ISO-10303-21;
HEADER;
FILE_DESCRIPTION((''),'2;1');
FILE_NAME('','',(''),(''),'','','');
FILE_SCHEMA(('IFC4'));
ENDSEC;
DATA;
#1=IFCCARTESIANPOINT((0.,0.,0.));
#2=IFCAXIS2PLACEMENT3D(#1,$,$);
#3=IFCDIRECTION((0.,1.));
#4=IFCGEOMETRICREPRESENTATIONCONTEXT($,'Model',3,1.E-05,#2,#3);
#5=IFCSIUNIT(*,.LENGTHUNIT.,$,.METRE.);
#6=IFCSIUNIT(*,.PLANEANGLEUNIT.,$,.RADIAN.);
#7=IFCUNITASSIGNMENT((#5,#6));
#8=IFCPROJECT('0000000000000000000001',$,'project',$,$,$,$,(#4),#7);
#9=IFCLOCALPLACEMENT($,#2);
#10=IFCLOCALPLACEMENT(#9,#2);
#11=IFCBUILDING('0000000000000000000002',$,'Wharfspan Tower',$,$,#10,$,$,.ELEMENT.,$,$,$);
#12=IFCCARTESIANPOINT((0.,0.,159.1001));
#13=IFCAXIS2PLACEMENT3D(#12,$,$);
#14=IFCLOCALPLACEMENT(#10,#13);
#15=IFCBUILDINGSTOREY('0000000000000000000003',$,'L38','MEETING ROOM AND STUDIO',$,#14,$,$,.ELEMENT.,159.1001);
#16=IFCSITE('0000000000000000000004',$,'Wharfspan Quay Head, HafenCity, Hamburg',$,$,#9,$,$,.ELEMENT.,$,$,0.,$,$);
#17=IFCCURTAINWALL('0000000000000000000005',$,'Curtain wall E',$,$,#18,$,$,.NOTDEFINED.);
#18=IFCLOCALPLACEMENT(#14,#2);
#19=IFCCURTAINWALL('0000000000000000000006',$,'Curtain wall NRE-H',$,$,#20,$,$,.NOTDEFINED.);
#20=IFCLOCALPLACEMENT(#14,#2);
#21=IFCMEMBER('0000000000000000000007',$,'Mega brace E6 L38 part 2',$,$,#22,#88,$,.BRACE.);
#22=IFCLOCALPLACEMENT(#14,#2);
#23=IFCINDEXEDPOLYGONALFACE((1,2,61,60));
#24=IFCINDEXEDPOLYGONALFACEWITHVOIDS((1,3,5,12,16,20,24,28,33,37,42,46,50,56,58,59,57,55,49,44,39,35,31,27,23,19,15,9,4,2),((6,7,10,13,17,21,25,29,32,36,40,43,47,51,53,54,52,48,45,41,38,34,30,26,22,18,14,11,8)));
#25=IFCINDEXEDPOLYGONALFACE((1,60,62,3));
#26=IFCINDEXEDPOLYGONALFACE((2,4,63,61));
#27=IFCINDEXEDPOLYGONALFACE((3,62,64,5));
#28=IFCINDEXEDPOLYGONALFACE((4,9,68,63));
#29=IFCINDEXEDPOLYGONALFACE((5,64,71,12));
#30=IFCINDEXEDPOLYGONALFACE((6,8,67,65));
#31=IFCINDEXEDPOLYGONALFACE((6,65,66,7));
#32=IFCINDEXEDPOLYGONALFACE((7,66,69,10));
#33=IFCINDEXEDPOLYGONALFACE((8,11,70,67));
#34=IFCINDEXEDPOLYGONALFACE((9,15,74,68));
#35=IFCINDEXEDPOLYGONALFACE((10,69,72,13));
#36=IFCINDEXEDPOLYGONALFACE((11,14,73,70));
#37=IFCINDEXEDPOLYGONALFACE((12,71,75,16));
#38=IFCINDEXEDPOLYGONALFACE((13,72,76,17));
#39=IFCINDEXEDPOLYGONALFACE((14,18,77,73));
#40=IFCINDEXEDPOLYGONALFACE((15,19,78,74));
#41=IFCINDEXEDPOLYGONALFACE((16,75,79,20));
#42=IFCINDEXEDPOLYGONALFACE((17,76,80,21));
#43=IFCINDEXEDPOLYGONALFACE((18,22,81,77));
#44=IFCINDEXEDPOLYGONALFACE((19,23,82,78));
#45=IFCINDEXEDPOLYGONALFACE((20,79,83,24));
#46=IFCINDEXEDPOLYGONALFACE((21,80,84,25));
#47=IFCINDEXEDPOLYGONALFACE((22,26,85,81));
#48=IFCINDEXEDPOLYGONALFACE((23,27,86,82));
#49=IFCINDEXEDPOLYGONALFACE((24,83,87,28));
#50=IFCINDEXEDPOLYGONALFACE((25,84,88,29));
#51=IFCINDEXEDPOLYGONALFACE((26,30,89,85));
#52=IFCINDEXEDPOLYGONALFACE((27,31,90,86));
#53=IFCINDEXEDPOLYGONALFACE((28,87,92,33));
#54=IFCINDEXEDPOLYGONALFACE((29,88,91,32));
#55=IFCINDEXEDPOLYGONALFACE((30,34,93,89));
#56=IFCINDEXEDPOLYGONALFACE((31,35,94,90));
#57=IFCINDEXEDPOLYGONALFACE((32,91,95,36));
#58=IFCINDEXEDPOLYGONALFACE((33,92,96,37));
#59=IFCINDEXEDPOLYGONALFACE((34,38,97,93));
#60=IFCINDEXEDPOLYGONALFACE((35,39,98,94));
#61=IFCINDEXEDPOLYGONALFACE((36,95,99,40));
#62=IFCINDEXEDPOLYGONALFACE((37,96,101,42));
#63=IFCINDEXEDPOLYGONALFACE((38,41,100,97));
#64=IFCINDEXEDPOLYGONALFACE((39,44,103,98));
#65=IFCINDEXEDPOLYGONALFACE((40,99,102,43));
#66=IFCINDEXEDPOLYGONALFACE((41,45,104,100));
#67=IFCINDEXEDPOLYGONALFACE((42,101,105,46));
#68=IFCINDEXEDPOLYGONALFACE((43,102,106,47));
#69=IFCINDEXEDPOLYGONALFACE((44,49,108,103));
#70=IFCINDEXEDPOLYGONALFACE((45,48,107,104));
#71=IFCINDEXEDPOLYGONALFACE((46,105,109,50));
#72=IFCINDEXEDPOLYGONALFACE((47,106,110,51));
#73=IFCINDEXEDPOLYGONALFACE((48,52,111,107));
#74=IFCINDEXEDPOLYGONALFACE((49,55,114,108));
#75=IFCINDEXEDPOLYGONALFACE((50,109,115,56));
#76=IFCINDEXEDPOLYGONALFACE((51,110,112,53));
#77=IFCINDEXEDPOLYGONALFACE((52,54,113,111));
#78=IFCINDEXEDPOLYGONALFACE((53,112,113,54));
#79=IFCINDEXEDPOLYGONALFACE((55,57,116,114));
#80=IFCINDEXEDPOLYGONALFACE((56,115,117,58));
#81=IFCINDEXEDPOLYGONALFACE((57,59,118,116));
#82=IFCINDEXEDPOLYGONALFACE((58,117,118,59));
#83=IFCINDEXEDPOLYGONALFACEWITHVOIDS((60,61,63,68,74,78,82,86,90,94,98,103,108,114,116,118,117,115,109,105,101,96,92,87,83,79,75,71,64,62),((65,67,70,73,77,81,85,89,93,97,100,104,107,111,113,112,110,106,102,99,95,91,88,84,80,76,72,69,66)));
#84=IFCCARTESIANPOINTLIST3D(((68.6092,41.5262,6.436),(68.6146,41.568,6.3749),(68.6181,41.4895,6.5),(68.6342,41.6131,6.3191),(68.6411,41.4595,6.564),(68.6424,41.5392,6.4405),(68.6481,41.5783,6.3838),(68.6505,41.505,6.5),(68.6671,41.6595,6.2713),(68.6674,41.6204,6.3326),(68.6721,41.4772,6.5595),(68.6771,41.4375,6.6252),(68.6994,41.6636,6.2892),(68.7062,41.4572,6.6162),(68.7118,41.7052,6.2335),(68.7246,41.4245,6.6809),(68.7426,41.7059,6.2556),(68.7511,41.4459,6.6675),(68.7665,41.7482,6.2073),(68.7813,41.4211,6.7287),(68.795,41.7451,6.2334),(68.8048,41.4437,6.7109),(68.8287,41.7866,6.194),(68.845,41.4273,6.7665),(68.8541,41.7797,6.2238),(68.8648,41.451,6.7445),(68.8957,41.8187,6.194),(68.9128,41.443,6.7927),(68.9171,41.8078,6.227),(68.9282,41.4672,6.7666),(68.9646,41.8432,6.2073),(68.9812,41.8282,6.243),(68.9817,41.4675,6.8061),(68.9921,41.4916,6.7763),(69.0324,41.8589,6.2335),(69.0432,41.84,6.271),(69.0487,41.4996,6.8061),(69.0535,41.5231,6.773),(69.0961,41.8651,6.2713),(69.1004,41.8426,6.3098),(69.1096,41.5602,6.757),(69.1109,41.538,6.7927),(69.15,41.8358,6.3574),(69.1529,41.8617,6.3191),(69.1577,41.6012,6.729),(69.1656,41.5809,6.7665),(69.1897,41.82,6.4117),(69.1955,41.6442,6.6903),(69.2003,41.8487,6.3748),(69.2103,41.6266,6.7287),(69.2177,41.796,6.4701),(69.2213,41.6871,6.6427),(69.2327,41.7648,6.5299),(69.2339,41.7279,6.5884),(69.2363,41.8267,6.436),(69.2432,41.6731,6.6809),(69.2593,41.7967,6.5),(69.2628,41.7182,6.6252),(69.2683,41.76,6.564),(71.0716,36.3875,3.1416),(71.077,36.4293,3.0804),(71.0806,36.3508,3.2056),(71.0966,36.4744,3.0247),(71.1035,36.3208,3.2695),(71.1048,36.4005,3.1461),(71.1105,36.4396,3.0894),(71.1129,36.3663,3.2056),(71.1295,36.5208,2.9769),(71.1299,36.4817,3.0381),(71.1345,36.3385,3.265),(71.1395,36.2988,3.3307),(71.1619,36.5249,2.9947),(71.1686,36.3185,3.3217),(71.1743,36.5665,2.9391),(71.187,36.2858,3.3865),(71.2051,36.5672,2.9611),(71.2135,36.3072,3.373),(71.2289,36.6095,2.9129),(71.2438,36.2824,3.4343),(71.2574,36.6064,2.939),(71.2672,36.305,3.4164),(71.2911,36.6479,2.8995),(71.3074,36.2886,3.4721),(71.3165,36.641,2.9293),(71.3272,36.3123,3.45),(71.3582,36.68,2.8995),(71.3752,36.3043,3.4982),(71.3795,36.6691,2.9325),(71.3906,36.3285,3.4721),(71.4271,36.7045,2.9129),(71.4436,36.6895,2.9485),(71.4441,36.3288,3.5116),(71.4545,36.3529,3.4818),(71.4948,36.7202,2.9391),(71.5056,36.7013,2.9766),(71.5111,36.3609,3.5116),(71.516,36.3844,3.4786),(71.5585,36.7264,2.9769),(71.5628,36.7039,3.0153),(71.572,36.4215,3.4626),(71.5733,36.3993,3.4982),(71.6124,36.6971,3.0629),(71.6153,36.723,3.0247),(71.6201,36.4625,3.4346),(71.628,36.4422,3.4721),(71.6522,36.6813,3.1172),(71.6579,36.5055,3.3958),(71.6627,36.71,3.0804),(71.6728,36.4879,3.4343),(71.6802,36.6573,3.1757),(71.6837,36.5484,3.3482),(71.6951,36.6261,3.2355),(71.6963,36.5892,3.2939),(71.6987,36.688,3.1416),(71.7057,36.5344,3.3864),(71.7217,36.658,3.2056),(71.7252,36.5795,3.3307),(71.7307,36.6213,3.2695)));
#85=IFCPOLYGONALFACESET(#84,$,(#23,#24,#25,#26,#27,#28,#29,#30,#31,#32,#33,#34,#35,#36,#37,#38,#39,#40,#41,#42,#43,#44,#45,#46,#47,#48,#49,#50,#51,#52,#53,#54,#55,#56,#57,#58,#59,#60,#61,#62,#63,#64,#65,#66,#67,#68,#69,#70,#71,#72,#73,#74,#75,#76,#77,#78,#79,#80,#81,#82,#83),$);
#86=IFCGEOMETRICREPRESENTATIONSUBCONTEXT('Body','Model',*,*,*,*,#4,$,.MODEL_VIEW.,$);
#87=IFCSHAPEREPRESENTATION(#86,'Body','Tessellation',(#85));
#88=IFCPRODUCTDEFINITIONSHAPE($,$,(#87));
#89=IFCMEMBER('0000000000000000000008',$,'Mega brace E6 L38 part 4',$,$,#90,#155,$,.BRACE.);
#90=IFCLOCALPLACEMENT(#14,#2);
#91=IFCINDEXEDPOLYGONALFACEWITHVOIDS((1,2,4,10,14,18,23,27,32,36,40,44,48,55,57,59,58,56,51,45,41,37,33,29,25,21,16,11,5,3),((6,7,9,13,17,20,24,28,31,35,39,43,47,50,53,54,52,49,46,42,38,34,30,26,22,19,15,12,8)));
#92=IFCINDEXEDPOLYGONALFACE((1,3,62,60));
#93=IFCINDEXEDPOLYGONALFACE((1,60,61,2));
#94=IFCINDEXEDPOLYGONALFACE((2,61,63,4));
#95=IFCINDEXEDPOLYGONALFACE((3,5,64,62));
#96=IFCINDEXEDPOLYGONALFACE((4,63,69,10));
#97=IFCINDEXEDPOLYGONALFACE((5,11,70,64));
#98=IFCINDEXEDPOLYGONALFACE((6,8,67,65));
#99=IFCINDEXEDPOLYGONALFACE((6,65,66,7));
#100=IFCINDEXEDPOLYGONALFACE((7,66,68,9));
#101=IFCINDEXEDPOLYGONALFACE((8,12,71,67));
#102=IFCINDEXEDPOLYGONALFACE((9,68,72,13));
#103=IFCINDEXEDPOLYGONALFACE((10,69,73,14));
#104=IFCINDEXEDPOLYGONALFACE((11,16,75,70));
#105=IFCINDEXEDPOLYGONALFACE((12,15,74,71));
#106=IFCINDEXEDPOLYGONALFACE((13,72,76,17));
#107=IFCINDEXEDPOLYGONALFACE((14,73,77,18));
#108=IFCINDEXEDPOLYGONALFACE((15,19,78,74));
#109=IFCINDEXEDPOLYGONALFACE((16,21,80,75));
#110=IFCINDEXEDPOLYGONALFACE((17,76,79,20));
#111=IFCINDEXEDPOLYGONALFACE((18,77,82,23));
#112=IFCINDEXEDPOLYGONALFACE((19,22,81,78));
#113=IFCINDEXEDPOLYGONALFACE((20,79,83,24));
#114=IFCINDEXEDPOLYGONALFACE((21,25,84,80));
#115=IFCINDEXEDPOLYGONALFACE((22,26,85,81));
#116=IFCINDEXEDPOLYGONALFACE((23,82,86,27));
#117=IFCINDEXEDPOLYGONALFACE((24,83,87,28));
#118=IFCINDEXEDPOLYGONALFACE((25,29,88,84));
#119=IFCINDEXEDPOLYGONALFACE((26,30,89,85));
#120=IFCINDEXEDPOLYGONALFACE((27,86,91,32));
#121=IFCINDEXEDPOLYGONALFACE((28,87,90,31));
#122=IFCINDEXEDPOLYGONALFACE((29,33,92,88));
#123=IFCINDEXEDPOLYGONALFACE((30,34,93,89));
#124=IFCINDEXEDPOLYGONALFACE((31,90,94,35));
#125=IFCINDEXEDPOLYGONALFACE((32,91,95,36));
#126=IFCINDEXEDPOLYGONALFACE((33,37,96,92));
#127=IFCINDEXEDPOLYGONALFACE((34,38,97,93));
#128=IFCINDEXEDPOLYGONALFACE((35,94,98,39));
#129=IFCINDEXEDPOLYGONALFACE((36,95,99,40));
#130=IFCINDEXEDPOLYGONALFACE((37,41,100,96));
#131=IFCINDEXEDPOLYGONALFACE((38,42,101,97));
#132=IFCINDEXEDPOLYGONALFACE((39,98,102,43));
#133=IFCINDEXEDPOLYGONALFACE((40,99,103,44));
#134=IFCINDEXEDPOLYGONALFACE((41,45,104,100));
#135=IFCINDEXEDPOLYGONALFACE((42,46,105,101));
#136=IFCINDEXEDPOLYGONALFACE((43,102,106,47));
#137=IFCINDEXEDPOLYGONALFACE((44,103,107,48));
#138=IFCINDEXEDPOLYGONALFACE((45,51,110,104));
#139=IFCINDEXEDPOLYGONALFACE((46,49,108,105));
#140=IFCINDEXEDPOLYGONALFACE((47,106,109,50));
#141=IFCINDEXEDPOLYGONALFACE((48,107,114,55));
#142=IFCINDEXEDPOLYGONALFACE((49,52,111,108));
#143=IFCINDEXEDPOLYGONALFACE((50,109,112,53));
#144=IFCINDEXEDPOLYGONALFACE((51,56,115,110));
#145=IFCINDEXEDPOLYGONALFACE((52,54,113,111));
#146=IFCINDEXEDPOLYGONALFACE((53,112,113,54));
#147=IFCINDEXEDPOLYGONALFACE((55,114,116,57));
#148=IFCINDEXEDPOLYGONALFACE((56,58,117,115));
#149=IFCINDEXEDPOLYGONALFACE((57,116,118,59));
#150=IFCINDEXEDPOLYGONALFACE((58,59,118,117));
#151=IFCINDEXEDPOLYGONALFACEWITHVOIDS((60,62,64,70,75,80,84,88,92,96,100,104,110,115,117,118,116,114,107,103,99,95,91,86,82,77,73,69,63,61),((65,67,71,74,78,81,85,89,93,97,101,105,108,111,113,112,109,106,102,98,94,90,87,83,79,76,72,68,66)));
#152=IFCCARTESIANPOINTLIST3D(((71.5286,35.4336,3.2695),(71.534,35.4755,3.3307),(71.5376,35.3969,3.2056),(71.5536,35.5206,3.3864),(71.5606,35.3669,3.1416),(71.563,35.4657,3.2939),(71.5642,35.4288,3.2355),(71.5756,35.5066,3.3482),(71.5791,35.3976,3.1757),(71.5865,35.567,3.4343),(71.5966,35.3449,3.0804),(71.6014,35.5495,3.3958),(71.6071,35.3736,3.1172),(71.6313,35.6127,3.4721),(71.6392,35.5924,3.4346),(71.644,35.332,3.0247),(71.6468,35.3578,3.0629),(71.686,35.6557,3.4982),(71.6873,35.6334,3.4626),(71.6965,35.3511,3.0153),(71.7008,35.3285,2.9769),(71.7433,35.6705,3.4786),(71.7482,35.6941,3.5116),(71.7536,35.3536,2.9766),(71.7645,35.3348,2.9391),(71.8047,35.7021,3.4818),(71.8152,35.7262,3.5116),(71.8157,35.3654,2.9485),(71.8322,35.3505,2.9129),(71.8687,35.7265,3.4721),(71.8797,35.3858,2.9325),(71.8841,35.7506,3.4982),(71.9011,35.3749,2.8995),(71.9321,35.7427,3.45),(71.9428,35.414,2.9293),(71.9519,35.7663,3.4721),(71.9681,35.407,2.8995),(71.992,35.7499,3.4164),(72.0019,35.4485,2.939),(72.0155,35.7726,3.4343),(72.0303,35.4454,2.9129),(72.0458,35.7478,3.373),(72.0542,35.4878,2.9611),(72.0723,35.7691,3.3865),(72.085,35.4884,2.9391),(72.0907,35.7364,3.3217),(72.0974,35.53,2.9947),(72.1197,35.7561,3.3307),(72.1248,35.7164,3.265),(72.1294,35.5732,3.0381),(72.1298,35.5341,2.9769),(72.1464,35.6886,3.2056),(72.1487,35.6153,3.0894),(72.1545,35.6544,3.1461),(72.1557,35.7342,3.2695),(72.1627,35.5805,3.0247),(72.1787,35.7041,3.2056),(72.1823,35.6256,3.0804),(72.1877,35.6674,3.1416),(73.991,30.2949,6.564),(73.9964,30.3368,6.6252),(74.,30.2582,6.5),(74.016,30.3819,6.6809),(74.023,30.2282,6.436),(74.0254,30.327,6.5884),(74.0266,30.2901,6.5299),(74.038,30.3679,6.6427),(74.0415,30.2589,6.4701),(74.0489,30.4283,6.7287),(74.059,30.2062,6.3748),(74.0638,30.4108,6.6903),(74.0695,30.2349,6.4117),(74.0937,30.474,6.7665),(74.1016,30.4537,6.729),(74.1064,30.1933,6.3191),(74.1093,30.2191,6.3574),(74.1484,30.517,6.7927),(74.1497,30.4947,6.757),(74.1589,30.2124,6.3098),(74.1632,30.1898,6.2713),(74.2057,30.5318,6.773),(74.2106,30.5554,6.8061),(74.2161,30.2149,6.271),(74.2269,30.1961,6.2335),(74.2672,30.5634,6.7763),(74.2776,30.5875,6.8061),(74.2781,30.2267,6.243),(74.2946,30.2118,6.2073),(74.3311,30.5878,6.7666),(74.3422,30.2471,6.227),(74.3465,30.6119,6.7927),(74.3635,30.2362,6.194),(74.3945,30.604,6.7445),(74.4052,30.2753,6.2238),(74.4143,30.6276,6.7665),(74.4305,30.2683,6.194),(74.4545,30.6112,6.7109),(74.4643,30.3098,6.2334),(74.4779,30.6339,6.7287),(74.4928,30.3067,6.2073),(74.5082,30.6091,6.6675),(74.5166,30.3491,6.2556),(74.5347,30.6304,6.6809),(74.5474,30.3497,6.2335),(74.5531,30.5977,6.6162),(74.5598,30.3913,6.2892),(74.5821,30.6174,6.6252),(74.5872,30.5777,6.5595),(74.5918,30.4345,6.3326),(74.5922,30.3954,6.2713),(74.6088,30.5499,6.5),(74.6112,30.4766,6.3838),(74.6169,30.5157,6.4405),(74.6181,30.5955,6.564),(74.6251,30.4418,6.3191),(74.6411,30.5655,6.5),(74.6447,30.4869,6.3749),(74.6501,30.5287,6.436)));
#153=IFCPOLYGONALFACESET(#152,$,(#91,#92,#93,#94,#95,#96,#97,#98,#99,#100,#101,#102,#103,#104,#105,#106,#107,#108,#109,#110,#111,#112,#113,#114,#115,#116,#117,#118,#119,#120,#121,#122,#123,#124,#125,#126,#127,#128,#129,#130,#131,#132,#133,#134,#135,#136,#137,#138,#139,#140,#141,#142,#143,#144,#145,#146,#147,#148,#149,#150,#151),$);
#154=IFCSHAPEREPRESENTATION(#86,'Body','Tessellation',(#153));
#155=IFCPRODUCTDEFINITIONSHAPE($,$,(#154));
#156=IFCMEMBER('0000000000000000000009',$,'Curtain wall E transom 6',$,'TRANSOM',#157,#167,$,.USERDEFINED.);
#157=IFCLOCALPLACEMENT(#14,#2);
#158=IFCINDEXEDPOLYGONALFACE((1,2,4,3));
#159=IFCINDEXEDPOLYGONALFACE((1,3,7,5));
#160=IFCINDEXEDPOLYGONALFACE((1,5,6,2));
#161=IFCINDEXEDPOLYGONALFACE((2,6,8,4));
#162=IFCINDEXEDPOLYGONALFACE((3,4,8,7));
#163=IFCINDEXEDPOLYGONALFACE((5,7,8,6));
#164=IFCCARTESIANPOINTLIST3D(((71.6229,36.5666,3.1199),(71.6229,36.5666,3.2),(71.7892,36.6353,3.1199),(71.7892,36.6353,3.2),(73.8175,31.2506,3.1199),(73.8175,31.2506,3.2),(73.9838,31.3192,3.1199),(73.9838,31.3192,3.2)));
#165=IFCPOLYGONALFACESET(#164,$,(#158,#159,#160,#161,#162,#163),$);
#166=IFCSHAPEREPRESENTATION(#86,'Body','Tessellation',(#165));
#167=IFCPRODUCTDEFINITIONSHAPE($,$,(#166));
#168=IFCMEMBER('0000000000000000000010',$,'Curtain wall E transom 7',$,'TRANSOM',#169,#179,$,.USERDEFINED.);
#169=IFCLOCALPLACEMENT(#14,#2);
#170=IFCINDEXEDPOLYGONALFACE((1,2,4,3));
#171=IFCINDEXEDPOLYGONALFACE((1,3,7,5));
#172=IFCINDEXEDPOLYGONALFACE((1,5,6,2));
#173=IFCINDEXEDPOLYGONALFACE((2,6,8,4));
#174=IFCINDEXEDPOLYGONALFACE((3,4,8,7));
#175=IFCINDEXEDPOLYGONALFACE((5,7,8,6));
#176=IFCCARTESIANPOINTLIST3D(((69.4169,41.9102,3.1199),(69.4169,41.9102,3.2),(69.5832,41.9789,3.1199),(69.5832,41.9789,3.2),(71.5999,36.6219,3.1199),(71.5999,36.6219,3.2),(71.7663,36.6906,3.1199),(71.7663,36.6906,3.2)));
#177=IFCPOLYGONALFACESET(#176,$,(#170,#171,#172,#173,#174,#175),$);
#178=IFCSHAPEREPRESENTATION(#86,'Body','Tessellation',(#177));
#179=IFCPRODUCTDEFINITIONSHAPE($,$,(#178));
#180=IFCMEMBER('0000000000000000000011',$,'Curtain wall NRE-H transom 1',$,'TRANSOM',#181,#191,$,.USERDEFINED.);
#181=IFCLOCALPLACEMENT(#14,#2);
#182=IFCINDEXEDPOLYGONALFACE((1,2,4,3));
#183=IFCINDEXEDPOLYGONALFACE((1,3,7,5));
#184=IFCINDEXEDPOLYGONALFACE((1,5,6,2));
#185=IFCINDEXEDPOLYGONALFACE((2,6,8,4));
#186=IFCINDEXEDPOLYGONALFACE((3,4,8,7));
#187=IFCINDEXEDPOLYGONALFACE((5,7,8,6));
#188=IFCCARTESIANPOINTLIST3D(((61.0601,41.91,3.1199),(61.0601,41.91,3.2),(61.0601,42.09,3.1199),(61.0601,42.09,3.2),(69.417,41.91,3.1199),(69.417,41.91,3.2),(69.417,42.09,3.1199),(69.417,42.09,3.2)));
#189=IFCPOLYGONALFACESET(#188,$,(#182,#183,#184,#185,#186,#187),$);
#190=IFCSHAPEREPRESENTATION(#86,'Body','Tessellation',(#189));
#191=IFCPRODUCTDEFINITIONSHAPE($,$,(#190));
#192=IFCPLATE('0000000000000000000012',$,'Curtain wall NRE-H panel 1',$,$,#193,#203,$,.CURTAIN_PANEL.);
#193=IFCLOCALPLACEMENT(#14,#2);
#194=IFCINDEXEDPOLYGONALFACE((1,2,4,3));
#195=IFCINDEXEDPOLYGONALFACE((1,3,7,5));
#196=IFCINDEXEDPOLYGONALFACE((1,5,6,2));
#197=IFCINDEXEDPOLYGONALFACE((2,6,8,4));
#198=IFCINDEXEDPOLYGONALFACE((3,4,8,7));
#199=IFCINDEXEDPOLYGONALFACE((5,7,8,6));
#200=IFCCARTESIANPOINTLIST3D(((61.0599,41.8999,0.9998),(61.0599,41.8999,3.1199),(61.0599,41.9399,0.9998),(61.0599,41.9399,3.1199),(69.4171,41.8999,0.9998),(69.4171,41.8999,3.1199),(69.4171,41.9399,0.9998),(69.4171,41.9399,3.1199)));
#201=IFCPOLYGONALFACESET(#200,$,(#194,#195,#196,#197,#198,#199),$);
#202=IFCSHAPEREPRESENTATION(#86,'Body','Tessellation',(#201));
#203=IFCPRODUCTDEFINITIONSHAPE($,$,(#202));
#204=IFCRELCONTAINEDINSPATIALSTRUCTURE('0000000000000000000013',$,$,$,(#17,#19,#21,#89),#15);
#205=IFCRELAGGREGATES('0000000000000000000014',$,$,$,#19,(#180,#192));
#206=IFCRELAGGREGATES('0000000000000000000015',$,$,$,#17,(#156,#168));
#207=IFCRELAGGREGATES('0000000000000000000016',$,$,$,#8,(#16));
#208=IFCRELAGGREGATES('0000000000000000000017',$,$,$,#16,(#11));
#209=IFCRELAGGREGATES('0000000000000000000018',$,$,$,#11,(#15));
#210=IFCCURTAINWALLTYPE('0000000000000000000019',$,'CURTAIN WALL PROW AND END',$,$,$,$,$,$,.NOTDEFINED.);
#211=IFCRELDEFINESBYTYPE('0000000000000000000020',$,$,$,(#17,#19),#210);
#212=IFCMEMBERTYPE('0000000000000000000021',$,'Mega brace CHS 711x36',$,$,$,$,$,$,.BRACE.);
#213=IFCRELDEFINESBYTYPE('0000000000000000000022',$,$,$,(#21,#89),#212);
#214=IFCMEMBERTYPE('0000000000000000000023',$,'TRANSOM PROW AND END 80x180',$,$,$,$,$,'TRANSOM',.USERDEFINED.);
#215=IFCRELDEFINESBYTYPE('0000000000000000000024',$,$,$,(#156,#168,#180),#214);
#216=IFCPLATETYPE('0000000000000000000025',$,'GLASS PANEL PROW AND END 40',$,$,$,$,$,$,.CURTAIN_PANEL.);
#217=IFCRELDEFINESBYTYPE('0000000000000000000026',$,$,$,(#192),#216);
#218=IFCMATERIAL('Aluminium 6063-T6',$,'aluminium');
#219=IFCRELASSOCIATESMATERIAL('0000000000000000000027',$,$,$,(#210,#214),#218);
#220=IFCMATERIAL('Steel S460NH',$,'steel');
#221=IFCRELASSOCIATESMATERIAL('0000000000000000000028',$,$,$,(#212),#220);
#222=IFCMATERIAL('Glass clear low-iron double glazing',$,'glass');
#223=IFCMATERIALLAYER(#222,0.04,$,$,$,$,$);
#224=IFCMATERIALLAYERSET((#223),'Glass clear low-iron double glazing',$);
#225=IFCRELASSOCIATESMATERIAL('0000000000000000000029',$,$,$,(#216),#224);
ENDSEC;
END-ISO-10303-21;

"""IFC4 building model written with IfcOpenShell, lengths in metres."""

from ifc_helpers import new_model, si_unit, direction, frame, origin, origin_2d, place, context, subcontext, project, spatial, rectangle, hollow_circle, extrude, material, layer, layer_set, material_profile, profile_set, type_object, element, aggregate, save


model = new_model("IFC4")

# Units and contexts
model_context = context("Model", 3, precision=1e-05, world=origin(), true_north=direction((0.0, 1.0)))
body_context = subcontext(model_context, "Body", "Model", "MODEL_VIEW")
ifc_project = project(units=[si_unit("LENGTHUNIT", "METRE"), si_unit("PLANEANGLEUNIT", "RADIAN")], contexts=[model_context])

# Site, building, storey
site_placement = place(None, origin())
site = spatial("IfcSite", under=ifc_project, at=site_placement, Name="Wharfspan Quay Head, HafenCity, Hamburg", CompositionType="ELEMENT", RefElevation=0.0)
building_placement = place(site_placement, origin())
building = spatial("IfcBuilding", under=site, at=building_placement, Name="Wharfspan Tower", CompositionType="ELEMENT")
storey_placement = place(building_placement, frame((0.0, 0.0, 159.1001)))
storey = spatial("IfcBuildingStorey", under=building, at=storey_placement, Name="L38", Description="MEETING ROOM AND STUDIO", CompositionType="ELEMENT", Elevation=159.1001)

# Curtain walls
ifc_material_1 = material(Name="Aluminium 6063-T6", Category="aluminium")
curtain_wall_type = type_object("IfcCurtainWallType", Name="CURTAIN WALL PROW AND END", PredefinedType="NOTDEFINED", material=ifc_material_1)
curtain_wall_1_placement = place(storey_placement, origin())
curtain_wall_1 = element("IfcCurtainWall", 1, at=curtain_wall_1_placement, inside=storey, type_object=curtain_wall_type, Name="Curtain wall E", PredefinedType="NOTDEFINED")
curtain_wall_2_placement = place(storey_placement, origin())
curtain_wall_2 = element("IfcCurtainWall", 2, at=curtain_wall_2_placement, inside=storey, type_object=curtain_wall_type, Name="Curtain wall NRE-H", PredefinedType="NOTDEFINED")

# Members
ifc_material_2 = material(Name="Steel S460NH", Category="steel")
ifc_material_profile_1 = material_profile(ifc_material_2, hollow_circle(Radius=0.3555, WallThickness=0.0359, at=origin_2d()))
ifc_profile_set_1 = profile_set([ifc_material_profile_1], Name="Steel S460NH")
member_type_1 = type_object("IfcMemberType", Name="Mega brace CHS 711x36", PredefinedType="BRACE", material=ifc_profile_set_1)
for number, where, z_axis, x_axis, name in (
    (3, (71.4011, 36.5044, 3.2056), (-0.374112, 0.780716, 0.500522), (-0.901807, -0.432139, 0.000002), "Mega brace E6 L38 part 2"),
    (4, (71.8582, 35.5505, 3.2056), (0.374112, -0.780716, 0.500522), (0.901807, 0.432139, 0.000002), "Mega brace E6 L38 part 4"),
):
    element("IfcMember", number, at=place(storey_placement, frame(where, z_axis=z_axis, x_axis=x_axis)), inside=storey, type_object=member_type_1, Name=name, PredefinedType="BRACE", context=body_context, shape_type="SweptSolid", body=[
        extrude(hollow_circle(Radius=0.3555, WallThickness=0.0359, at=origin_2d()), origin(), (0.0, 0.0, 1.0), 6.582),
    ])

# Members
ifc_material_profile_2 = material_profile(ifc_material_1, rectangle(XDim=0.1799, YDim=0.0801, at=origin_2d()))
ifc_profile_set_2 = profile_set([ifc_material_profile_2], Name="Aluminium 6063-T6")
member_type_2 = type_object("IfcMemberType", Name="TRANSOM PROW AND END 80x180", ElementType="TRANSOM", PredefinedType="USERDEFINED", material=ifc_profile_set_2)
member_1_placement = place(storey_placement, frame((73.9006, 31.2849, 3.1599), z_axis=(-0.381593, 0.92433, 0.0), x_axis=(-0.92433, -0.381593, 0.0)))
member_1 = element("IfcMember", 5, at=member_1_placement, type_object=member_type_2, Name="Curtain wall E transom 6", ObjectType="TRANSOM", PredefinedType="USERDEFINED", context=body_context, shape_type="SweptSolid", body=[
    extrude(rectangle(XDim=0.1799, YDim=0.0801, at=origin_2d()), origin(), (0.0, 0.0, 1.0), 5.7512),
])
member_2_placement = place(storey_placement, frame((71.6831, 36.6562, 3.1599), z_axis=(-0.38158, 0.924336, 0.0), x_axis=(-0.924336, -0.38158, 0.0)))
member_2 = element("IfcMember", 6, at=member_2_placement, type_object=member_type_2, Name="Curtain wall E transom 7", ObjectType="TRANSOM", PredefinedType="USERDEFINED", context=body_context, shape_type="SweptSolid", body=[
    extrude(rectangle(XDim=0.1799, YDim=0.0801, at=origin_2d()), origin(), (0.0, 0.0, 1.0), 5.7212),
])
member_3_placement = place(storey_placement, frame((69.417, 42.0, 3.1599), z_axis=(-1.0, 0.0, 0.0), x_axis=(0.0, -1.0, 0.0)))
member_3 = element("IfcMember", 7, at=member_3_placement, type_object=member_type_2, Name="Curtain wall NRE-H transom 1", ObjectType="TRANSOM", PredefinedType="USERDEFINED", context=body_context, shape_type="SweptSolid", body=[
    extrude(rectangle(XDim=0.1799, YDim=0.0801, at=origin_2d()), origin(), (0.0, 0.0, 1.0), 8.3569),
])

# Plate
ifc_material_3 = material(Name="Glass clear low-iron double glazing", Category="glass")
ifc_layer_1 = layer(ifc_material_3, 0.04)
ifc_layer_set_1 = layer_set([ifc_layer_1], Name="Glass clear low-iron double glazing")
plate_type_1 = type_object("IfcPlateType", Name="GLASS PANEL PROW AND END 40", PredefinedType="CURTAIN_PANEL", material=ifc_layer_set_1)
plate_1_placement = place(storey_placement, frame((65.2385, 41.9199, 0.9998), z_axis=(0.0, 0.0, 1.0), x_axis=(-1.0, 0.0, 0.0)))
plate_1 = element("IfcPlate", 8, at=plate_1_placement, type_object=plate_type_1, Name="Curtain wall NRE-H panel 1", PredefinedType="CURTAIN_PANEL", context=body_context, shape_type="SweptSolid", body=[
    extrude(rectangle(XDim=8.3572, YDim=0.04, at=origin_2d()), origin(), (0.0, 0.0, 1.0), 2.1201),
])
aggregate(curtain_wall_2, [member_3, plate_1])
aggregate(curtain_wall_1, [member_1, member_2])

save(model, "model.ifc")
